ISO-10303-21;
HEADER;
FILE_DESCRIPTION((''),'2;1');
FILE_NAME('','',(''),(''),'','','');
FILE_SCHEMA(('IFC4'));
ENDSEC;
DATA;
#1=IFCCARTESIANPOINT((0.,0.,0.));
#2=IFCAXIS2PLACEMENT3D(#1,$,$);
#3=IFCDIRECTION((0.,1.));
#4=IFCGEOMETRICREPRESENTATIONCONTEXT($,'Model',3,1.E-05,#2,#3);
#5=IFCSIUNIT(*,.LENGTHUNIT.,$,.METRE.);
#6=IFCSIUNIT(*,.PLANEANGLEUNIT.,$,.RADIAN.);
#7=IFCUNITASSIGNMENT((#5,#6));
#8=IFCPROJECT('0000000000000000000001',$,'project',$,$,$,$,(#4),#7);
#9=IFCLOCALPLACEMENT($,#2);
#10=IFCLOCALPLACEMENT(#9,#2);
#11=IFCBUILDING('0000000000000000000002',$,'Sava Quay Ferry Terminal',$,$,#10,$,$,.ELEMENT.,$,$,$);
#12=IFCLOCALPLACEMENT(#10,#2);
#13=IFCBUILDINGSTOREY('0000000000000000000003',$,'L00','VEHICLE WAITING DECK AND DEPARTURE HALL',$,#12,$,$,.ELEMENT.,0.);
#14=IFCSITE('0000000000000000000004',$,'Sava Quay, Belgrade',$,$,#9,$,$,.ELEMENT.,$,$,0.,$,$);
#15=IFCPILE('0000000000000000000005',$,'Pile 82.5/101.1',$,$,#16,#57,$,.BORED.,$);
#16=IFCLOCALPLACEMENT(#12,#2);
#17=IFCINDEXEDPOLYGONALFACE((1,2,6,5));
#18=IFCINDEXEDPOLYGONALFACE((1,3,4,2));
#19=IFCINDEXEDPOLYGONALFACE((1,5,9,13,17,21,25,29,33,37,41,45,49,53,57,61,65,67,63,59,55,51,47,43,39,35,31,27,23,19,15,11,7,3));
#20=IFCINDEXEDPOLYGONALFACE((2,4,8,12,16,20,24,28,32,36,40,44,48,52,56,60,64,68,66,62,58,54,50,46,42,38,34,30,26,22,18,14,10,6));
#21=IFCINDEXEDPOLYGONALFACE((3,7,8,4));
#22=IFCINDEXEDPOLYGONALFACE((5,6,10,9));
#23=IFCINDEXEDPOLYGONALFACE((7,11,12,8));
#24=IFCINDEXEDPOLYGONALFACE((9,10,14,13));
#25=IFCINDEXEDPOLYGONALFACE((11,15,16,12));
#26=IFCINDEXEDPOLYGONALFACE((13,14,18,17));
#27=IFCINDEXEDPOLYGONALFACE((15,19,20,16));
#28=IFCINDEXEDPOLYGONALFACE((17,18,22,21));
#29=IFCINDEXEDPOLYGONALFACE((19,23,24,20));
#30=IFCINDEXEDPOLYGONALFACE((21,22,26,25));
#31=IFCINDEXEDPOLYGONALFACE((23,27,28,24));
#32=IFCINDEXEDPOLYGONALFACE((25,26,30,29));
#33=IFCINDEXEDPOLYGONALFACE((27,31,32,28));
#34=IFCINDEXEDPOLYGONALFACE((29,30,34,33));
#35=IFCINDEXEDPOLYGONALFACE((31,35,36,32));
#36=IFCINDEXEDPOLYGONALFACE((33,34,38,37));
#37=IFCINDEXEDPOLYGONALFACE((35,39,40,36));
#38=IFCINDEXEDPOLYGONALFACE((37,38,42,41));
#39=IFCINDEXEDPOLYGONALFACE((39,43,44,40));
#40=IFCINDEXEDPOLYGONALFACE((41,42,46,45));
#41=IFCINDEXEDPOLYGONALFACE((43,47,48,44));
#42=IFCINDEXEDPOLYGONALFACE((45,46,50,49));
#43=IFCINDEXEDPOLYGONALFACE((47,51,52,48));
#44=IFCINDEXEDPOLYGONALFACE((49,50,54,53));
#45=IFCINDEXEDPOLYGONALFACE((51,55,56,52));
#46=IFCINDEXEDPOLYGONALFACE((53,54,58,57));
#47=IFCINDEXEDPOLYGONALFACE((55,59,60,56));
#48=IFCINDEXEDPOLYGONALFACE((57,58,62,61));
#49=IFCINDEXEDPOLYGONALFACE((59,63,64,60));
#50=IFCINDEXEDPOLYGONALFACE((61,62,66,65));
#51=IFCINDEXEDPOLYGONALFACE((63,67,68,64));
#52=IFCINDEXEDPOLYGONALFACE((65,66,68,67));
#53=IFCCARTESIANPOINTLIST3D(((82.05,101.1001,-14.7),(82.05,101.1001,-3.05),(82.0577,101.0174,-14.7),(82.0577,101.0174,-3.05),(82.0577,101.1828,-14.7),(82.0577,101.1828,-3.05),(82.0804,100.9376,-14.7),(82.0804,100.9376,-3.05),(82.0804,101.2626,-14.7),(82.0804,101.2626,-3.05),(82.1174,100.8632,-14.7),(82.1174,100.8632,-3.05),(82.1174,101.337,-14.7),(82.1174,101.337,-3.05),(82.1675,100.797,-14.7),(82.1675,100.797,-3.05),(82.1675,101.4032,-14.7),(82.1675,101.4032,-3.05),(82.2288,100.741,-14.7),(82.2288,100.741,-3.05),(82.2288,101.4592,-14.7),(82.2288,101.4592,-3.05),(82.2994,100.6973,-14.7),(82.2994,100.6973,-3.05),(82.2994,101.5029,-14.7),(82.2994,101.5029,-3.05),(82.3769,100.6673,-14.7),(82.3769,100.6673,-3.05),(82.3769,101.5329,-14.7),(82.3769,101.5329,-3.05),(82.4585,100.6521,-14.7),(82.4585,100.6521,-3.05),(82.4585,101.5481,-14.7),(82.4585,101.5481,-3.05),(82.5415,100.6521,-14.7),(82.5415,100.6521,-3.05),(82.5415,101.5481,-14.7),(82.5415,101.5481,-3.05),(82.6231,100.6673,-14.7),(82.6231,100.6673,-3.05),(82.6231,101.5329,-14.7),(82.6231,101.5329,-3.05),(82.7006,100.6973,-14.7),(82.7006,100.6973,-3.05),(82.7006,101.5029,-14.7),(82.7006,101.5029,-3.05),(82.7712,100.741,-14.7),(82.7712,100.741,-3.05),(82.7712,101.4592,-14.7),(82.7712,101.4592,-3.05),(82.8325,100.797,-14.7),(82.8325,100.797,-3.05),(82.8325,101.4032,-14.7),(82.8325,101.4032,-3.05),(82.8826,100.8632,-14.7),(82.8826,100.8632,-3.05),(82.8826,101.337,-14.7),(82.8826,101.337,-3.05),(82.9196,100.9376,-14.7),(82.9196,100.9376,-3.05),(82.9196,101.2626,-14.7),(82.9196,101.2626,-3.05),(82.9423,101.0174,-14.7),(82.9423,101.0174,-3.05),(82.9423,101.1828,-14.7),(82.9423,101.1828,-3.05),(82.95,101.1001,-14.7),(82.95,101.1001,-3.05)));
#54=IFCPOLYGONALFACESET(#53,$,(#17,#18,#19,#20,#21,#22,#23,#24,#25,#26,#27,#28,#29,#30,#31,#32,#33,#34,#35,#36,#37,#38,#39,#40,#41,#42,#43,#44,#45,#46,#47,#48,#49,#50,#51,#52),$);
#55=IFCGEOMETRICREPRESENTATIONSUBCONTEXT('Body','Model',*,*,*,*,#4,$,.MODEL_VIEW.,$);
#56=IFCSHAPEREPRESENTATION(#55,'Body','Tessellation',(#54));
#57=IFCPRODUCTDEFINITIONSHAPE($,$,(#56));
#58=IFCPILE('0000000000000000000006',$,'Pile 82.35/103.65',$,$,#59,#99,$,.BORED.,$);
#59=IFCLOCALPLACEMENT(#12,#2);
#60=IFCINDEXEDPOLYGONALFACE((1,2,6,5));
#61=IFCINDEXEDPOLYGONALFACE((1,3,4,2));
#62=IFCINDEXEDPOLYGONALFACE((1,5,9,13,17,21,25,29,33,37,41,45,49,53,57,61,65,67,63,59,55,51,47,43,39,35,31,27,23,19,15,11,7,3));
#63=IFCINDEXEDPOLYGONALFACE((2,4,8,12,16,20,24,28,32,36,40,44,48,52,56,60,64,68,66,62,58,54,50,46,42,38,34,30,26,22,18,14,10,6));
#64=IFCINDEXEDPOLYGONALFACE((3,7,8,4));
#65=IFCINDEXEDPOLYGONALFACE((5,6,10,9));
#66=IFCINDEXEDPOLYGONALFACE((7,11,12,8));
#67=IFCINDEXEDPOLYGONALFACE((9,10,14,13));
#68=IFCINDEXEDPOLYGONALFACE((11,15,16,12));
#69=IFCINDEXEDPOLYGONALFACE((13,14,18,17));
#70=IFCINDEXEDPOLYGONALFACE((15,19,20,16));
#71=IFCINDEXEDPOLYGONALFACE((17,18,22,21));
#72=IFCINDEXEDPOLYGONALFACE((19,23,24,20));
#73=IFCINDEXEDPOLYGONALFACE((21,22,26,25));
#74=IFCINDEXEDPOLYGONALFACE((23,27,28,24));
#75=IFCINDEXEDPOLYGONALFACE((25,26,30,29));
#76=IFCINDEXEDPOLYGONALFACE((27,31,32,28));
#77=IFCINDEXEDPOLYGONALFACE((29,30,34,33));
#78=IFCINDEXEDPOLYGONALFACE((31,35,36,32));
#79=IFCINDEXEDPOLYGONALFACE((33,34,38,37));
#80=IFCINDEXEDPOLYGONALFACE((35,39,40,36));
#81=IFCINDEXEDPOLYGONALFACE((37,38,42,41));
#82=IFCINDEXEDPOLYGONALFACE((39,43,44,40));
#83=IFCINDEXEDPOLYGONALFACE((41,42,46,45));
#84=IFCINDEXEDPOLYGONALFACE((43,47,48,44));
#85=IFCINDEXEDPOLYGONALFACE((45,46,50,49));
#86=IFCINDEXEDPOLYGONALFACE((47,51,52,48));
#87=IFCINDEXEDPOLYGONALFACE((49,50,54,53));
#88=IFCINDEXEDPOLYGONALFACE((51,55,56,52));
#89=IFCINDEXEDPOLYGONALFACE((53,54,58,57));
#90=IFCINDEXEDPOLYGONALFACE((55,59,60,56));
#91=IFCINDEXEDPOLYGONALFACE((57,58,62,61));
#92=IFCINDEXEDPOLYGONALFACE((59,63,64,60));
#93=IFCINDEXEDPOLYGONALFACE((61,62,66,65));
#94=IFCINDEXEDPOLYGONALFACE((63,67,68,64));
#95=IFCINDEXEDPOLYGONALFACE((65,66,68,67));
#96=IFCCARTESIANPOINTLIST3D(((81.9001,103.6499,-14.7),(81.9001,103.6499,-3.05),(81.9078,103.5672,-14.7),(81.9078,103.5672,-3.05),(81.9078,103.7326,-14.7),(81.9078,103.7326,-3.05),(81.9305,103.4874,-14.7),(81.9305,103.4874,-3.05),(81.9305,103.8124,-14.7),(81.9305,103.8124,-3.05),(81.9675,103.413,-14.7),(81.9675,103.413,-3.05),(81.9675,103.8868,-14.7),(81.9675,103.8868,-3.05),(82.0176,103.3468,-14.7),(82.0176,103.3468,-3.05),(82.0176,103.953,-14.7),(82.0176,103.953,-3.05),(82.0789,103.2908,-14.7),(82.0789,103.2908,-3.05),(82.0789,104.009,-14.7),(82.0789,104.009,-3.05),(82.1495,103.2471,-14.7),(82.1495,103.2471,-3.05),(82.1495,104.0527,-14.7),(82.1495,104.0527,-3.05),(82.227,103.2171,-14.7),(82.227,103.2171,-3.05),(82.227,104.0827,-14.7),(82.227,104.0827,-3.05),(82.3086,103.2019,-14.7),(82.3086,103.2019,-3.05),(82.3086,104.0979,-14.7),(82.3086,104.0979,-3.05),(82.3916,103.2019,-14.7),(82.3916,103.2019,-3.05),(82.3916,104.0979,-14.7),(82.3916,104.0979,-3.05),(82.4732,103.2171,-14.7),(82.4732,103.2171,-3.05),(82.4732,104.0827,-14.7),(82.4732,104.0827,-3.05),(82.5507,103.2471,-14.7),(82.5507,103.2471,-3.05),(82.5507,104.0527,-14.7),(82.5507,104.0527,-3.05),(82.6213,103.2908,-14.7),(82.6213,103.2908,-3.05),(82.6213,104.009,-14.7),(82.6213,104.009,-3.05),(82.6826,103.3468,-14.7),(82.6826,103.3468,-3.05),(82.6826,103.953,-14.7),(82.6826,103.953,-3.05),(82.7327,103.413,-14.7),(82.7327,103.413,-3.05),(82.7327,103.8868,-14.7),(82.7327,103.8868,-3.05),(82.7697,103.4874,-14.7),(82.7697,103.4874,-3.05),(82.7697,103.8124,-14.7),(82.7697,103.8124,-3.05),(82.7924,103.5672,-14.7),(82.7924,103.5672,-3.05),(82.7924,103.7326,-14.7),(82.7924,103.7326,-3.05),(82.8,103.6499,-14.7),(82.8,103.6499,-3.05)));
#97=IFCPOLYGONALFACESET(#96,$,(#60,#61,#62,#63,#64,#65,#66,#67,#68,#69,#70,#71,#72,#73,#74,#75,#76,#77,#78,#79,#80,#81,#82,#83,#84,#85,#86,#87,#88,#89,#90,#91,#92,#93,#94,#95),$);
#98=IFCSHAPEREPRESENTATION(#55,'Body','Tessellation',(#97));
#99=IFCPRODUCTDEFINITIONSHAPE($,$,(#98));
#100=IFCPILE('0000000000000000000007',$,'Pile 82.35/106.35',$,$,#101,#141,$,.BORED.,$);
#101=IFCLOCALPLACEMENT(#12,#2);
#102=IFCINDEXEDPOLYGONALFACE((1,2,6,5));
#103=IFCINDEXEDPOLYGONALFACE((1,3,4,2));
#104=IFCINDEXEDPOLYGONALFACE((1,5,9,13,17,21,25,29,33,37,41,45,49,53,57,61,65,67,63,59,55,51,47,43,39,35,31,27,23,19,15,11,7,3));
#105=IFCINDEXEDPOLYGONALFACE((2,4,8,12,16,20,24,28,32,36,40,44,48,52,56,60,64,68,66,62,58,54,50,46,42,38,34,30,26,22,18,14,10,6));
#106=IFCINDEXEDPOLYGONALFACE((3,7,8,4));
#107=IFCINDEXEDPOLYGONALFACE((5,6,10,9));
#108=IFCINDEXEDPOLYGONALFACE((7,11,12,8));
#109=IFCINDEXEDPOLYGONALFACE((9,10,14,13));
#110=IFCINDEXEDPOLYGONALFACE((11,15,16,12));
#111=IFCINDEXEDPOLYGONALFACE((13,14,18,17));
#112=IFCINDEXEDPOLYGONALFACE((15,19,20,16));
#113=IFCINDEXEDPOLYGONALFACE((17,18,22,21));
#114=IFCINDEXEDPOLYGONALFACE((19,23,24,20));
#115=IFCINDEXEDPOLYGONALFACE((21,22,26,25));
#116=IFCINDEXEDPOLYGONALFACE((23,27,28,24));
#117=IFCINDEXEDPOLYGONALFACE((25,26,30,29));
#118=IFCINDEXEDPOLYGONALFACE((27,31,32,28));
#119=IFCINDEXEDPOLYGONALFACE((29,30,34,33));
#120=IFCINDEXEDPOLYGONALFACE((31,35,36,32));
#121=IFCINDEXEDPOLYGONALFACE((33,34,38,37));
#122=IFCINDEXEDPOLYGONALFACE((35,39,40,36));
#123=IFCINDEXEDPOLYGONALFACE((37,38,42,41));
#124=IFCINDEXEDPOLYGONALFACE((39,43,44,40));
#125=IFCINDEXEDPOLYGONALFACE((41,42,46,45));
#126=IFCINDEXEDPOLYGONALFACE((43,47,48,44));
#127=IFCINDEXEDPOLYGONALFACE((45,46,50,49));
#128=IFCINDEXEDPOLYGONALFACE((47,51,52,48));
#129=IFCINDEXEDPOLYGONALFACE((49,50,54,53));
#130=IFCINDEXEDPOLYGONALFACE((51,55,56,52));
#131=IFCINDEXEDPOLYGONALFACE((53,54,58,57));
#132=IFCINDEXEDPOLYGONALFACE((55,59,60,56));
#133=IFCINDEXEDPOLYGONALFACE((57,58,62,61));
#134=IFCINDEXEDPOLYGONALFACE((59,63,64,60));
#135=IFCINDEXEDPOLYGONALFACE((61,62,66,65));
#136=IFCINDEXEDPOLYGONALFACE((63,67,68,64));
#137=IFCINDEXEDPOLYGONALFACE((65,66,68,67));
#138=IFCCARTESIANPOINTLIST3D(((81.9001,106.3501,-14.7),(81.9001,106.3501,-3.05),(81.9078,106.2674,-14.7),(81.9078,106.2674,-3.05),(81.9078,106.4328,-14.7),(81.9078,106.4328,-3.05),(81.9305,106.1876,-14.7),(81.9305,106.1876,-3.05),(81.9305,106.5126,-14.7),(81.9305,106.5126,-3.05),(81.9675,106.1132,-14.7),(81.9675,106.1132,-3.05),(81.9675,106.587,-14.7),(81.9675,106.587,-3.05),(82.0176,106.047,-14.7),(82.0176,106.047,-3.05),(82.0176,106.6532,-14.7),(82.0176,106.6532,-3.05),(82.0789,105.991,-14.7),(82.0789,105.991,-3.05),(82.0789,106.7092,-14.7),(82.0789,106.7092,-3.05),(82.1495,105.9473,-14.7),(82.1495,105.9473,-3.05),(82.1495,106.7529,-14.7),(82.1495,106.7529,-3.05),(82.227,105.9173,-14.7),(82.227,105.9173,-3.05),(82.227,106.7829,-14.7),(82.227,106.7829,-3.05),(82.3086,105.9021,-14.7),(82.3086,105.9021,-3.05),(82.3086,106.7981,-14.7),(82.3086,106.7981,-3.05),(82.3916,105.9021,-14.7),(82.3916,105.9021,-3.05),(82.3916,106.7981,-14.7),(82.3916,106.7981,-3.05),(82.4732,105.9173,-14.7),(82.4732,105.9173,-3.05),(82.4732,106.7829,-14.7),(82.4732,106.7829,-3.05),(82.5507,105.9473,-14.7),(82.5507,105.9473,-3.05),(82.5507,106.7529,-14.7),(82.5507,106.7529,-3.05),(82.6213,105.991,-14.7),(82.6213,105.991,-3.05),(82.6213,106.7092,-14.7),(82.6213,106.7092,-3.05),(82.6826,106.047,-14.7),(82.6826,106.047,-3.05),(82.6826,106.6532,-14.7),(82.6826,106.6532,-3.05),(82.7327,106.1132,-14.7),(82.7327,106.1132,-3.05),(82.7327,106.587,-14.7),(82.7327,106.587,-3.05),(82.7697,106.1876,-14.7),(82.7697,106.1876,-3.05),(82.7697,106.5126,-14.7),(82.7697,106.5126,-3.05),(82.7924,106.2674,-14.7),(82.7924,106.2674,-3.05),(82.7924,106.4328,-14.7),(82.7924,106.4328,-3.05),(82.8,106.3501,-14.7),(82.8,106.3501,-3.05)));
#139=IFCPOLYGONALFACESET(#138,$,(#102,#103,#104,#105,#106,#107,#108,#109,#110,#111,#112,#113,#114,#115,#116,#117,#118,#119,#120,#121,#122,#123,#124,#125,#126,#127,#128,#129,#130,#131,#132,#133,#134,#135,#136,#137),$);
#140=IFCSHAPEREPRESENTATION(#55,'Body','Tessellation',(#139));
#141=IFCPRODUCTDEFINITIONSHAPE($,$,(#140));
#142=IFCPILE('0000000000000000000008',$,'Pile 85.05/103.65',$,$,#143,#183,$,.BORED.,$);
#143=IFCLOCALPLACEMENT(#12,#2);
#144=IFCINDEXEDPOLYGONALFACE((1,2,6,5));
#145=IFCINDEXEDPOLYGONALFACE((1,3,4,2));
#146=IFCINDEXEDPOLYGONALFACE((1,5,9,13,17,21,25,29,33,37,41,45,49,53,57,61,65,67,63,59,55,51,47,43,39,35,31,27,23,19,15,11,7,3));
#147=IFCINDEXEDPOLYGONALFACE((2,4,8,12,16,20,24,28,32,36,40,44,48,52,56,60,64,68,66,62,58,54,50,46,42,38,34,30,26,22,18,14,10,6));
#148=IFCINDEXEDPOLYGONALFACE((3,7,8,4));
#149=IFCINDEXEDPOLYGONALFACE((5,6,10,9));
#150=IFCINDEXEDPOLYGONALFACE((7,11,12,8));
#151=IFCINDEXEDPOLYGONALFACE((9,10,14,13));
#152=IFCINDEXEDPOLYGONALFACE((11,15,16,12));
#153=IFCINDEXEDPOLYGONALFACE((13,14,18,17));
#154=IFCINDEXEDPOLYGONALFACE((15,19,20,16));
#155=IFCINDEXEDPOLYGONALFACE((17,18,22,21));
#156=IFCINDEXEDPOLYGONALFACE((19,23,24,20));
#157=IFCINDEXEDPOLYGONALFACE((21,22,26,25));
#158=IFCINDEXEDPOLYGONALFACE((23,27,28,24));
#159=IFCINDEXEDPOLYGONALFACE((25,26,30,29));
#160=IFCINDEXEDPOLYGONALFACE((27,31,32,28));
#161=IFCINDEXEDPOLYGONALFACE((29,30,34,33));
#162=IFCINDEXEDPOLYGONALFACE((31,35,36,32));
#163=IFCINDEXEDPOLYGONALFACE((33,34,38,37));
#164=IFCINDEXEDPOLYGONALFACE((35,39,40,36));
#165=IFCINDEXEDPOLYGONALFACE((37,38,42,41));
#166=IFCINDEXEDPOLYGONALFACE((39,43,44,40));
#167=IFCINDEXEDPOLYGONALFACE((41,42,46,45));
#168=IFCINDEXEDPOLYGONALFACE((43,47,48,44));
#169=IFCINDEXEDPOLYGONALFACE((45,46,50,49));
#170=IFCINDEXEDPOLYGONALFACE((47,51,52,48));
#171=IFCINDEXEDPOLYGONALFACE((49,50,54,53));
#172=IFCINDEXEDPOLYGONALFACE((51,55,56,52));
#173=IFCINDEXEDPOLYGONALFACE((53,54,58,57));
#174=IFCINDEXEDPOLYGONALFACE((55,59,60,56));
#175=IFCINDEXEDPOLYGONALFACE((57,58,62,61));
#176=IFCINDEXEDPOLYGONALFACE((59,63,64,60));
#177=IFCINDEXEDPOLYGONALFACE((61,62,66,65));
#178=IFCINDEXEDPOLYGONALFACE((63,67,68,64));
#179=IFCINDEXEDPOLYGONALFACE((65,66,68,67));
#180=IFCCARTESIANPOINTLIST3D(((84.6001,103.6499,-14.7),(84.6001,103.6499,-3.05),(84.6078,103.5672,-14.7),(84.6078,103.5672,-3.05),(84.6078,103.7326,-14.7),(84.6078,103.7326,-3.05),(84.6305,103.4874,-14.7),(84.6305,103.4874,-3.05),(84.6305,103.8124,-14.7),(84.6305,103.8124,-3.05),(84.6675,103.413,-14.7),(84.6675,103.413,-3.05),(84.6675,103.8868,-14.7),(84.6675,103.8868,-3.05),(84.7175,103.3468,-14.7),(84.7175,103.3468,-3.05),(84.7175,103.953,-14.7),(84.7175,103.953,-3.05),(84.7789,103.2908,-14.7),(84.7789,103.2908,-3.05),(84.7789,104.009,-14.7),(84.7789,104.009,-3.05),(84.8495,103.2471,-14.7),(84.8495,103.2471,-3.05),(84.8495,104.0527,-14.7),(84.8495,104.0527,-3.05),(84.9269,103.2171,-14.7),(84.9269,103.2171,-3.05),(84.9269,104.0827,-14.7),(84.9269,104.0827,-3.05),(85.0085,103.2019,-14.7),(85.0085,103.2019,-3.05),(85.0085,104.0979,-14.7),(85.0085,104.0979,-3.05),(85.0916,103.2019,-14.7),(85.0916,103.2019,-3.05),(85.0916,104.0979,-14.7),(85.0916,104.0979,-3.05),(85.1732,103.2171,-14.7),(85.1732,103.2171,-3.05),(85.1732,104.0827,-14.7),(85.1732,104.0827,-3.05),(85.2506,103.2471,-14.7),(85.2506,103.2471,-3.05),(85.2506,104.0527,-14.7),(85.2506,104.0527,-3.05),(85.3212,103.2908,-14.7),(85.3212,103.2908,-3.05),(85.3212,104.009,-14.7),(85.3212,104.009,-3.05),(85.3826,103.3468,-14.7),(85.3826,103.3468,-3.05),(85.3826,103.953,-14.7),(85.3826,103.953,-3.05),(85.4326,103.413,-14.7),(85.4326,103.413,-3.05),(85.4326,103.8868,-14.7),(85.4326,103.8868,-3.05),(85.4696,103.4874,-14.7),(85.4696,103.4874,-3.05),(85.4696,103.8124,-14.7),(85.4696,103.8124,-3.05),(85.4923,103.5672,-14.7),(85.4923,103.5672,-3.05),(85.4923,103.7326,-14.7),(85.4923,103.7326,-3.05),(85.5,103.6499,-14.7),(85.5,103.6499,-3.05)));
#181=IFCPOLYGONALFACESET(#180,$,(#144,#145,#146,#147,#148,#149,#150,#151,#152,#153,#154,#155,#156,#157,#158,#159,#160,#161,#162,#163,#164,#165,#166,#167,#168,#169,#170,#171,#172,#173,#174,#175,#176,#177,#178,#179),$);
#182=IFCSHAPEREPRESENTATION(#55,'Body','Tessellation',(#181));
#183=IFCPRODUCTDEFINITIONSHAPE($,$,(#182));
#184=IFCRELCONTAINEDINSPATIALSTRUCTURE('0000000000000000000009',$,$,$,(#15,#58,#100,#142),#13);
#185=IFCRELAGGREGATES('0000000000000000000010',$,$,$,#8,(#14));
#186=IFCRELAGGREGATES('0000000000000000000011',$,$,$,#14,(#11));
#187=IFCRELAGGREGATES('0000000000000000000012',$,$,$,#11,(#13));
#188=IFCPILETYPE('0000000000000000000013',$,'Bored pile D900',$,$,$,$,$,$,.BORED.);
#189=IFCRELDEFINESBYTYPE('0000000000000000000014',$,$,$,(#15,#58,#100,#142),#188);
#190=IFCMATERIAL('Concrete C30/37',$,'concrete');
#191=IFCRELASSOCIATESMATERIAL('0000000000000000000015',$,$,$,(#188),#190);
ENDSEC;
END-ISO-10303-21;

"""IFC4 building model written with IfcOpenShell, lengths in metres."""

from ifc_helpers import new_model, si_unit, direction, frame, origin, origin_2d, place, context, subcontext, project, spatial, circle, extrude, material, material_profile, profile_set, type_object, element, save


model = new_model("IFC4")

# Units and contexts
model_context = context("Model", 3, precision=1e-05, world=origin(), true_north=direction((0.0, 1.0)))
body_context = subcontext(model_context, "Body", "Model", "MODEL_VIEW")
ifc_project = project(units=[si_unit("LENGTHUNIT", "METRE"), si_unit("PLANEANGLEUNIT", "RADIAN")], contexts=[model_context])

# Site, building, storey
site_placement = place(None, origin())
site = spatial("IfcSite", under=ifc_project, at=site_placement, Name="Sava Quay, Belgrade", CompositionType="ELEMENT", RefElevation=0.0)
building_placement = place(site_placement, origin())
building = spatial("IfcBuilding", under=site, at=building_placement, Name="Sava Quay Ferry Terminal", CompositionType="ELEMENT")
storey_placement = place(building_placement, origin())
storey = spatial("IfcBuildingStorey", under=building, at=storey_placement, Name="L00", Description="VEHICLE WAITING DECK AND DEPARTURE HALL", CompositionType="ELEMENT", Elevation=0.0)

# Piles
ifc_material_1 = material(Name="Concrete C30/37", Category="concrete")
ifc_material_profile_1 = material_profile(ifc_material_1, circle(Radius=0.45, at=origin_2d()), Name="Bored pile D900")
ifc_profile_set_1 = profile_set([ifc_material_profile_1], Name="Concrete C30/37")
pile_type = type_object("IfcPileType", Name="Bored pile D900", PredefinedType="BORED", material=ifc_profile_set_1)
for number, where, z_axis, x_axis, name in (
    (1, (82.5, 101.1001, -3.05), (0.0, 0.0, -1.0), (1.0, 0.0, 0.0), "Pile 82.5/101.1"),
    (2, (82.3501, 103.6499, -3.05), (0.0, 0.0, -1.0), (1.0, 0.0, 0.0), "Pile 82.35/103.65"),
    (3, (82.3501, 106.3501, -3.05), (0.0, 0.0, -1.0), (1.0, 0.0, 0.0), "Pile 82.35/106.35"),
    (4, (85.05, 103.6499, -3.05), (0.0, 0.0, -1.0), (1.0, 0.0, 0.0), "Pile 85.05/103.65"),
):
    element("IfcPile", number, at=place(storey_placement, frame(where, z_axis=z_axis, x_axis=x_axis)), inside=storey, type_object=pile_type, Name=name, PredefinedType="BORED", context=body_context, shape_type="SweptSolid", body=[
        extrude(circle(Radius=0.45, at=origin_2d()), origin(), (0.0, 0.0, 1.0), 11.6499),
    ])

save(model, "model.ifc")
